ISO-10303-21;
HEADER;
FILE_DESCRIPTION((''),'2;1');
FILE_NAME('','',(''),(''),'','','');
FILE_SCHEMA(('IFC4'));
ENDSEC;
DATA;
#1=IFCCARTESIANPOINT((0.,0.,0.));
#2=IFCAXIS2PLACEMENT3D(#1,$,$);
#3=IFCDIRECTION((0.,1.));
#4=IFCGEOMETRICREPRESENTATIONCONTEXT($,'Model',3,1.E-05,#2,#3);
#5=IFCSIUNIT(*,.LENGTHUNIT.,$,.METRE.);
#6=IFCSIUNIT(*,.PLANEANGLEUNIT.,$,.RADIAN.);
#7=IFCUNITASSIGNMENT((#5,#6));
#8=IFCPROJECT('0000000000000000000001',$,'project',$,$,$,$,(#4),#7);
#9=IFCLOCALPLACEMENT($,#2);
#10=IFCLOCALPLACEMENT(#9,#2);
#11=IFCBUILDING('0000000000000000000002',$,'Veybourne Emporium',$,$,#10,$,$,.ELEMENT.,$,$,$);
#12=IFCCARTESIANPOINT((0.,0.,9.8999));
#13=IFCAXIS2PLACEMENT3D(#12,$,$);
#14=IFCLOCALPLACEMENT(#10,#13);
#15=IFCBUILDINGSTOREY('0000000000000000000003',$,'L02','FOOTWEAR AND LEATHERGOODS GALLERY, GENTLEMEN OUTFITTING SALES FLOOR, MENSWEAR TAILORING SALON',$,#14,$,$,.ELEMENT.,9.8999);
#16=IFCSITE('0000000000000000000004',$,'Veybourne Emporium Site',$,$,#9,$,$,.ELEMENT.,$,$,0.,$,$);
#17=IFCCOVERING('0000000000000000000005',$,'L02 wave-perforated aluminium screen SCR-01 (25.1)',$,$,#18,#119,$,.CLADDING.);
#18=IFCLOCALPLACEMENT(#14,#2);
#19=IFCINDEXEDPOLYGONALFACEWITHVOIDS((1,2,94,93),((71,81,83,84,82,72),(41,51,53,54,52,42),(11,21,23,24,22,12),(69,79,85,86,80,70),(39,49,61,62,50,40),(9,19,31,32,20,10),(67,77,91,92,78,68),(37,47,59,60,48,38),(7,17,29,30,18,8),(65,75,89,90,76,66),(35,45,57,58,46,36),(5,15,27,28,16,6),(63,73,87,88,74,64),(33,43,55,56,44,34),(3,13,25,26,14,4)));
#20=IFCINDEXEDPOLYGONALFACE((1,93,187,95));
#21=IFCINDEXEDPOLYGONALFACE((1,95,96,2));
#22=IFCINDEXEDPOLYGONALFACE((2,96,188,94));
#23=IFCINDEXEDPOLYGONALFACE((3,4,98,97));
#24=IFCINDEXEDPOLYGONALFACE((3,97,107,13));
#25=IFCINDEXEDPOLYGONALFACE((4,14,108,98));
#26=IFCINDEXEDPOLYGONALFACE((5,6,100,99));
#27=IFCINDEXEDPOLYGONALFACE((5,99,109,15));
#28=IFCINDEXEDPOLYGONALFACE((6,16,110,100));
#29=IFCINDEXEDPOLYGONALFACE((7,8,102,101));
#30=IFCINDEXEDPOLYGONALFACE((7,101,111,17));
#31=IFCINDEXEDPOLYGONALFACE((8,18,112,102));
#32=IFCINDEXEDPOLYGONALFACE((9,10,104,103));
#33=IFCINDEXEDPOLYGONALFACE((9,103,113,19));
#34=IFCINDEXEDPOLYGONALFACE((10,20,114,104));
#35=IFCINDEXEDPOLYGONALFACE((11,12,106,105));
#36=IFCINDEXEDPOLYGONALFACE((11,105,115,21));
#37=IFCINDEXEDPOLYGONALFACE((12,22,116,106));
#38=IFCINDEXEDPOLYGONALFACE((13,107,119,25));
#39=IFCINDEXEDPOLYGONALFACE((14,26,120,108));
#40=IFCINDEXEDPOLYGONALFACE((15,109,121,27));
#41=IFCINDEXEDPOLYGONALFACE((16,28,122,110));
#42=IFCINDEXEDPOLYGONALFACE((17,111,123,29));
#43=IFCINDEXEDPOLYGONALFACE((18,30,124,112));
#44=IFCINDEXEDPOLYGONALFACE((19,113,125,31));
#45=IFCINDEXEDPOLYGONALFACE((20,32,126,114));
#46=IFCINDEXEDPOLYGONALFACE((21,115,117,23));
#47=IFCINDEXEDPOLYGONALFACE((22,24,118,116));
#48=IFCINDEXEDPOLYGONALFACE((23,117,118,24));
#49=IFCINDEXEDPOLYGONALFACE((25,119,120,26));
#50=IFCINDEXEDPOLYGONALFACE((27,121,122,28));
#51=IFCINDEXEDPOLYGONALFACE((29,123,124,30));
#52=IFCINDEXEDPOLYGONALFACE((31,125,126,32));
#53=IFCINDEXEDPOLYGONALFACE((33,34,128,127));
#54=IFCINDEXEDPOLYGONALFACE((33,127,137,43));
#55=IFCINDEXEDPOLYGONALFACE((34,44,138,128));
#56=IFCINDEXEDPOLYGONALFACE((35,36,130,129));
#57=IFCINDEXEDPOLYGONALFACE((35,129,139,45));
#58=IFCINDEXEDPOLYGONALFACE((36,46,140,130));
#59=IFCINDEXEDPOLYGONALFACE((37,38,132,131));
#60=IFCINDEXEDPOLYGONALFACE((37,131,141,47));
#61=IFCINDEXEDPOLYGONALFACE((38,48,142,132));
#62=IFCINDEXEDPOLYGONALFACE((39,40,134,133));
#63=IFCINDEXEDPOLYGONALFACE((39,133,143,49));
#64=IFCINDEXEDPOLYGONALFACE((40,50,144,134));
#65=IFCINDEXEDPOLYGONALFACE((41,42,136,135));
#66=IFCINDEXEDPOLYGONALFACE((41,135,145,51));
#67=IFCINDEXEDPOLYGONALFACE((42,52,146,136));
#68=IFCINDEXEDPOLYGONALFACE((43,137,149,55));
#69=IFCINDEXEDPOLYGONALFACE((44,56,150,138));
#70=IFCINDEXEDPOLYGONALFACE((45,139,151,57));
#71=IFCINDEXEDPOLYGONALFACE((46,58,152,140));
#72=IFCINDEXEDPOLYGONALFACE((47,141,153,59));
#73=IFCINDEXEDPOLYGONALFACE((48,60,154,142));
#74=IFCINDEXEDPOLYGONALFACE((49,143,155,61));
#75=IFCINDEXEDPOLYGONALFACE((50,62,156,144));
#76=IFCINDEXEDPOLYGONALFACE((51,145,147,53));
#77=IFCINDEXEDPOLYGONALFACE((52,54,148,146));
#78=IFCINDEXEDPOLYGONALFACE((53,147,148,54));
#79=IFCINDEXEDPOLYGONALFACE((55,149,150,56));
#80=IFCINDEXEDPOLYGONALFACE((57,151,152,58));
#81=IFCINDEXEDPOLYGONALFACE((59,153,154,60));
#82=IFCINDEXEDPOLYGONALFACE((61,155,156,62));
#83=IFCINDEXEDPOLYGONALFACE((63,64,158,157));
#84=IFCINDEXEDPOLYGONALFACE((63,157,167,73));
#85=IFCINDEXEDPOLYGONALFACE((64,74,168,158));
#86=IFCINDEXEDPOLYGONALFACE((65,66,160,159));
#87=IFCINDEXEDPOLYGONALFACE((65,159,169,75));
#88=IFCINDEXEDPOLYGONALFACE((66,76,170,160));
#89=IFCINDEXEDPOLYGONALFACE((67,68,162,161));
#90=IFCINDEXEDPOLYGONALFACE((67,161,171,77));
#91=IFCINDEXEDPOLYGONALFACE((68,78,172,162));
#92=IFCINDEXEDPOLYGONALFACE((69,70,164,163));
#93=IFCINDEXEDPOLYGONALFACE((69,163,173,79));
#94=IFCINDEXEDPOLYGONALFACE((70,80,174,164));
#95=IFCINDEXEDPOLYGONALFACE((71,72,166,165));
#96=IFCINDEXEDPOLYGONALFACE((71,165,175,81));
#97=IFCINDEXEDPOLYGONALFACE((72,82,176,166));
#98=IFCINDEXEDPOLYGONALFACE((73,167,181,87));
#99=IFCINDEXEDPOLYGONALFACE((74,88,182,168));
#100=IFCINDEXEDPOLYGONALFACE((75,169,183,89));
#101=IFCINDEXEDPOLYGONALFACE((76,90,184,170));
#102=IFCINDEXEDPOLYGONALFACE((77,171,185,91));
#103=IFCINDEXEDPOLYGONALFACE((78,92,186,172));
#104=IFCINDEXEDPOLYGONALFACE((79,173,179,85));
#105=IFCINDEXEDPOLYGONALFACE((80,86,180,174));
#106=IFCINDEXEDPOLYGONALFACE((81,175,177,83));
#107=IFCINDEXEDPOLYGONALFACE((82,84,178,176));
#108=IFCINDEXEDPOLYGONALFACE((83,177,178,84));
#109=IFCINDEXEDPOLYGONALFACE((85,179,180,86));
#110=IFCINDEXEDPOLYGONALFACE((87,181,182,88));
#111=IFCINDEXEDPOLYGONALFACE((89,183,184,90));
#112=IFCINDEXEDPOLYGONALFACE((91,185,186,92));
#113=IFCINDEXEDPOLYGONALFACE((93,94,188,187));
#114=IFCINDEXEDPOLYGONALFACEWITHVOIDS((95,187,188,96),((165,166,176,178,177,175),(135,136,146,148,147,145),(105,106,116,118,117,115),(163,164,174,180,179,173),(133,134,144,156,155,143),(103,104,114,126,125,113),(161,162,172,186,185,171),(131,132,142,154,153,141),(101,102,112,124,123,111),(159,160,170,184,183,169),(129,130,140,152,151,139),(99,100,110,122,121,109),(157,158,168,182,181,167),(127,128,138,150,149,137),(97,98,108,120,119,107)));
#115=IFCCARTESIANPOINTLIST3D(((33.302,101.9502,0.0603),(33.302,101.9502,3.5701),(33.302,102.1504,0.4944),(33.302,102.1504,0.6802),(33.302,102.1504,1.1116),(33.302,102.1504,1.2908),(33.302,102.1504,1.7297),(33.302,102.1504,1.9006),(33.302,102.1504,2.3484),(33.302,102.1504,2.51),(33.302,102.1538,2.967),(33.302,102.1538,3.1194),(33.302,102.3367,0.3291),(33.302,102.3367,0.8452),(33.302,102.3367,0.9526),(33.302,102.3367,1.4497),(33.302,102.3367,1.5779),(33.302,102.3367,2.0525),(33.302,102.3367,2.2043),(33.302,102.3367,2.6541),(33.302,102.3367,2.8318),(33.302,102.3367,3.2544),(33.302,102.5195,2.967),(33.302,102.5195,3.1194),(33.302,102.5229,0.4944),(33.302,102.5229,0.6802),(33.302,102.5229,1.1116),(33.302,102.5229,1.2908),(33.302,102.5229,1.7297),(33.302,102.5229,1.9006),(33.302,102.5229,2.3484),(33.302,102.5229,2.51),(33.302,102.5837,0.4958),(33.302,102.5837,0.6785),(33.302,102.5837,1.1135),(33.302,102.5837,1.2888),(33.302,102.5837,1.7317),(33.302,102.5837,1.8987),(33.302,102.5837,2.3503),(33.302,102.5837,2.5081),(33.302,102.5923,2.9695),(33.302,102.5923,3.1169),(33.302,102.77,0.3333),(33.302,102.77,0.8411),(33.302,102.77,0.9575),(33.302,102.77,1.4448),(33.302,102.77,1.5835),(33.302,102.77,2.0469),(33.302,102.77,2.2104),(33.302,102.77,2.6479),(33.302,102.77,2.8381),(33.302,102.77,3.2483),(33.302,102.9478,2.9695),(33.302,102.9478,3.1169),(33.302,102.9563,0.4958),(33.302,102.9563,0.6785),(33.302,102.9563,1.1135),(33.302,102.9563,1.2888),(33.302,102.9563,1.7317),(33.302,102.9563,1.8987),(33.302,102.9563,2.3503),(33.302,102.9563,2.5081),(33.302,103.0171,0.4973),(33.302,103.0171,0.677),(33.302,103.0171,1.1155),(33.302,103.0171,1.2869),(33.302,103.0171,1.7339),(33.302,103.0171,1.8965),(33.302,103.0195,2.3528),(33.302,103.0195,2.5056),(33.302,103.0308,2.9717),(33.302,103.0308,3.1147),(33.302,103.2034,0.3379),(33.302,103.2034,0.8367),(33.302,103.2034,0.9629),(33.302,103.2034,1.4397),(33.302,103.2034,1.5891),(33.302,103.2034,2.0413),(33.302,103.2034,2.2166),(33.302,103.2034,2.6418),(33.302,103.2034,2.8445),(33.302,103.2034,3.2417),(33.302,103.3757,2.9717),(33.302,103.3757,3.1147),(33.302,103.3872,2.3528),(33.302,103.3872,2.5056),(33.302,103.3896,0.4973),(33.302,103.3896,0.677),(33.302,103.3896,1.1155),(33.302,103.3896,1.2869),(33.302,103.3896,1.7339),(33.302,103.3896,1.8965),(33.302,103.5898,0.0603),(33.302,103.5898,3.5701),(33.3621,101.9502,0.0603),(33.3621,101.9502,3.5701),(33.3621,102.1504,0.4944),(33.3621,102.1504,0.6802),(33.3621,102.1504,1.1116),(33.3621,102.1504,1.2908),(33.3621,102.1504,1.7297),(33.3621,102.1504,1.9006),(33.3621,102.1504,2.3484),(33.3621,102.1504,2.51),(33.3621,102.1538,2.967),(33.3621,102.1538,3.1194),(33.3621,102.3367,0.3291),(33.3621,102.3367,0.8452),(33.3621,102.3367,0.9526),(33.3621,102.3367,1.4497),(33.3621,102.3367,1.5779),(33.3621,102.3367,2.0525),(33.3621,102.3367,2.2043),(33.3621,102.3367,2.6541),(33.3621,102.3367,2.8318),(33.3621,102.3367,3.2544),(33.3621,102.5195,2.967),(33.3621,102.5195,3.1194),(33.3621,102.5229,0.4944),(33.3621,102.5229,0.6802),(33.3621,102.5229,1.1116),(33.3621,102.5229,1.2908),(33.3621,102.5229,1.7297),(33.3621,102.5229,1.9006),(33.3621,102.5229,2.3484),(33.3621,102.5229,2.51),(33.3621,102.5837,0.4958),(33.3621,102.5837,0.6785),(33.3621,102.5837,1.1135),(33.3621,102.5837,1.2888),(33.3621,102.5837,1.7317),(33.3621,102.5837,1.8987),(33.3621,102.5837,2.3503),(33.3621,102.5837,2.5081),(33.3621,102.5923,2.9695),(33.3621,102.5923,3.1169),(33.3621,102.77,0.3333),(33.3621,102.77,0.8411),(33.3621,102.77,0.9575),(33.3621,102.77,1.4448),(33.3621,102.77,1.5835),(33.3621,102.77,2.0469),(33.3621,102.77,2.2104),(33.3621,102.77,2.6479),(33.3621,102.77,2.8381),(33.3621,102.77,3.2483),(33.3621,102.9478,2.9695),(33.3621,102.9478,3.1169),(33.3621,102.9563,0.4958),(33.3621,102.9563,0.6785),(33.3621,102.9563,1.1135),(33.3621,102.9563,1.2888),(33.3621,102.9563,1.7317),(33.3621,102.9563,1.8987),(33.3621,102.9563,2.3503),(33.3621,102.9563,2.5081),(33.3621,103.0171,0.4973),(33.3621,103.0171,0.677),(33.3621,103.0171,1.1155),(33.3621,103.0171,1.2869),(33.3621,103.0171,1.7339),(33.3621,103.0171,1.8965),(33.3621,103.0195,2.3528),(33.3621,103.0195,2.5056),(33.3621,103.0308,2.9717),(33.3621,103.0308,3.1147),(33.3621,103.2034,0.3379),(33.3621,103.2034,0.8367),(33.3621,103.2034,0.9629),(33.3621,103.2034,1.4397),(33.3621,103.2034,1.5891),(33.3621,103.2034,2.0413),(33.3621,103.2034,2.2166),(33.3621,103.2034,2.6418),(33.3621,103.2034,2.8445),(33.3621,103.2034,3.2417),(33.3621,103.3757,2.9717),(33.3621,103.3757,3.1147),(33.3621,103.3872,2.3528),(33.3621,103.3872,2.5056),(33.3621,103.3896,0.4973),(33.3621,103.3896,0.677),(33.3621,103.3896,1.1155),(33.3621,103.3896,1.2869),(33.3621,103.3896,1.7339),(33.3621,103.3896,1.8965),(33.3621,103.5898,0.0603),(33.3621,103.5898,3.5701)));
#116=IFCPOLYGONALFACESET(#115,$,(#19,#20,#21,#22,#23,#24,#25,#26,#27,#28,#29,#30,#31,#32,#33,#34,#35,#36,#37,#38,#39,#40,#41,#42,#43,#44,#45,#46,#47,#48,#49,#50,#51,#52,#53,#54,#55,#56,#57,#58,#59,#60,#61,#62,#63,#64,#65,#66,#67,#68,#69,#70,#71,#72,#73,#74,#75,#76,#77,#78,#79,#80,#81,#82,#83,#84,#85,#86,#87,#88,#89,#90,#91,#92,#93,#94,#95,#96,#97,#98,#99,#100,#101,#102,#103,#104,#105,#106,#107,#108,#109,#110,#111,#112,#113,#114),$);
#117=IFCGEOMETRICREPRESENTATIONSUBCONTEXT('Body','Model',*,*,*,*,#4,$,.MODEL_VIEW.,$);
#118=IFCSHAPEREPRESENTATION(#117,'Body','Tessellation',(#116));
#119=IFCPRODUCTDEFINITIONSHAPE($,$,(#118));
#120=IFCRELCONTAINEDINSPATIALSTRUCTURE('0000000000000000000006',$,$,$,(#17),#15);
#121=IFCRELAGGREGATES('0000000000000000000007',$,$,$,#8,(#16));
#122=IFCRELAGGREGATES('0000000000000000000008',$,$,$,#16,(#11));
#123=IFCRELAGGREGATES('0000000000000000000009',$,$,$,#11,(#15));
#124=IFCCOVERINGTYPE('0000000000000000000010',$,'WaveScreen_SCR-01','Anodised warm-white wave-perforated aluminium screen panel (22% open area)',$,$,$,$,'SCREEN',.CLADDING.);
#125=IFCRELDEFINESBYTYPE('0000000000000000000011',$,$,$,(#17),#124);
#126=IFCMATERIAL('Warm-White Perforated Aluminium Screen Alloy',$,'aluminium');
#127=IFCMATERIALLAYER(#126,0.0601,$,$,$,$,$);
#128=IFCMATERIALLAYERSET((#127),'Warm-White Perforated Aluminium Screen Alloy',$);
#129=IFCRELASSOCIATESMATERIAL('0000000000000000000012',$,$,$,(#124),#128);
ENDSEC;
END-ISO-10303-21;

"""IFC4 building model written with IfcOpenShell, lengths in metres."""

from ifc_helpers import new_model, si_unit, direction, frame, origin, place, context, subcontext, project, spatial, polyline, outline, extrude, material, layer, layer_set, type_object, element, save


model = new_model("IFC4")

# Units and contexts
model_context = context("Model", 3, precision=1e-05, world=origin(), true_north=direction((0.0, 1.0)))
body_context = subcontext(model_context, "Body", "Model", "MODEL_VIEW")
ifc_project = project(units=[si_unit("LENGTHUNIT", "METRE"), si_unit("PLANEANGLEUNIT", "RADIAN")], contexts=[model_context])

# Site, building, storey
site_placement = place(None, origin())
site = spatial("IfcSite", under=ifc_project, at=site_placement, Name="Veybourne Emporium Site", CompositionType="ELEMENT", RefElevation=0.0)
building_placement = place(site_placement, origin())
building = spatial("IfcBuilding", under=site, at=building_placement, Name="Veybourne Emporium", CompositionType="ELEMENT")
storey_placement = place(building_placement, frame((0.0, 0.0, 9.8999)))
storey = spatial("IfcBuildingStorey", under=building, at=storey_placement, Name="L02", Description="FOOTWEAR AND LEATHERGOODS GALLERY, GENTLEMEN OUTFITTING SALES FLOOR, MENSWEAR TAILORING SALON", CompositionType="ELEMENT", Elevation=9.8999)

# Covering
ifc_material_1 = material(Name="Warm-White Perforated Aluminium Screen Alloy", Category="aluminium")
ifc_layer_1 = layer(ifc_material_1, 0.0601)
ifc_layer_set_1 = layer_set([ifc_layer_1], Name="Warm-White Perforated Aluminium Screen Alloy")
covering_type_1 = type_object("IfcCoveringType", Name="WaveScreen_SCR-01", Description="Anodised warm-white wave-perforated aluminium screen panel (22% open area)", ElementType="SCREEN", PredefinedType="CLADDING", material=ifc_layer_set_1)
covering_1_placement = place(storey_placement, frame((33.302, 102.77, 1.8152), z_axis=(1.0, 0.0, 0.0), x_axis=(0.0, 1.0, 0.0)))
element("IfcCovering", 1, at=covering_1_placement, inside=storey, type_object=covering_type_1, Name="L02 wave-perforated aluminium screen SCR-01 (25.1)", PredefinedType="CLADDING", context=body_context, shape_type="SweptSolid", body=[
    extrude(outline(polyline([(-0.8198, -1.7549), (0.8198, -1.7549), (0.8198, 1.7549), (-0.8198, 1.7549), (-0.8198, -1.7549)]), holes=[polyline([(-0.4333, -0.97), (-0.2471, -1.135), (-0.2471, -1.3208), (-0.4333, -1.4861), (-0.6196, -1.3208), (-0.6196, -1.135), (-0.4333, -0.97)]), polyline([(-0.4333, -0.3655), (-0.2471, -0.5244), (-0.2471, -0.7036), (-0.4333, -0.8625), (-0.6196, -0.7036), (-0.6196, -0.5244), (-0.4333, -0.3655)]), polyline([(-0.4333, 0.2373), (-0.2471, 0.0854), (-0.2471, -0.0854), (-0.4333, -0.2373), (-0.6196, -0.0854), (-0.6196, 0.0854), (-0.4333, 0.2373)]), polyline([(-0.4333, 0.8389), (-0.2471, 0.6948), (-0.2471, 0.5332), (-0.4333, 0.3892), (-0.6196, 0.5332), (-0.6196, 0.6948), (-0.4333, 0.8389)]), polyline([(-0.4333, 1.4392), (-0.2505, 1.3042), (-0.2505, 1.1519), (-0.4333, 1.0166), (-0.6162, 1.1519), (-0.6162, 1.3042), (-0.4333, 1.4392)]), polyline([(0.0, -0.9741), (0.1863, -1.1367), (0.1863, -1.3193), (0.0, -1.4819), (-0.1863, -1.3193), (-0.1863, -1.1367), (0.0, -0.9741)]), polyline([(0.0, -0.3704), (0.1863, -0.5264), (0.1863, -0.7017), (0.0, -0.8577), (-0.1863, -0.7017), (-0.1863, -0.5264), (0.0, -0.3704)]), polyline([(0.0, 0.2317), (0.1863, 0.0835), (0.1863, -0.0835), (0.0, -0.2317), (-0.1863, -0.0835), (-0.1863, 0.0835), (0.0, 0.2317)]), polyline([(0.0, 0.8328), (0.1863, 0.6929), (0.1863, 0.5352), (0.0, 0.3953), (-0.1863, 0.5352), (-0.1863, 0.6929), (0.0, 0.8328)]), polyline([(0.0, 1.4331), (0.1777, 1.3018), (0.1777, 1.1543), (0.0, 1.0229), (-0.1777, 1.1543), (-0.1777, 1.3018), (0.0, 1.4331)]), polyline([(0.4333, -0.9785), (0.6196, -1.1382), (0.6196, -1.3179), (0.4333, -1.4773), (0.2471, -1.3179), (0.2471, -1.1382), (0.4333, -0.9785)]), polyline([(0.4333, -0.3755), (0.6196, -0.5283), (0.6196, -0.6997), (0.4333, -0.8523), (0.2471, -0.6997), (0.2471, -0.5283), (0.4333, -0.3755)]), polyline([(0.4333, 0.2261), (0.6196, 0.0813), (0.6196, -0.0813), (0.4333, -0.2261), (0.2471, -0.0813), (0.2471, 0.0813), (0.4333, 0.2261)]), polyline([(0.4333, 0.8267), (0.6172, 0.6904), (0.6172, 0.5376), (0.4333, 0.4014), (0.2495, 0.5376), (0.2495, 0.6904), (0.4333, 0.8267)]), polyline([(0.4333, 1.4265), (0.6057, 1.2996), (0.6057, 1.1565), (0.4333, 1.0293), (0.2607, 1.1565), (0.2607, 1.2996), (0.4333, 1.4265)])]), origin(), (0.0, 0.0, 1.0), 0.0601),
])

save(model, "model.ifc")
